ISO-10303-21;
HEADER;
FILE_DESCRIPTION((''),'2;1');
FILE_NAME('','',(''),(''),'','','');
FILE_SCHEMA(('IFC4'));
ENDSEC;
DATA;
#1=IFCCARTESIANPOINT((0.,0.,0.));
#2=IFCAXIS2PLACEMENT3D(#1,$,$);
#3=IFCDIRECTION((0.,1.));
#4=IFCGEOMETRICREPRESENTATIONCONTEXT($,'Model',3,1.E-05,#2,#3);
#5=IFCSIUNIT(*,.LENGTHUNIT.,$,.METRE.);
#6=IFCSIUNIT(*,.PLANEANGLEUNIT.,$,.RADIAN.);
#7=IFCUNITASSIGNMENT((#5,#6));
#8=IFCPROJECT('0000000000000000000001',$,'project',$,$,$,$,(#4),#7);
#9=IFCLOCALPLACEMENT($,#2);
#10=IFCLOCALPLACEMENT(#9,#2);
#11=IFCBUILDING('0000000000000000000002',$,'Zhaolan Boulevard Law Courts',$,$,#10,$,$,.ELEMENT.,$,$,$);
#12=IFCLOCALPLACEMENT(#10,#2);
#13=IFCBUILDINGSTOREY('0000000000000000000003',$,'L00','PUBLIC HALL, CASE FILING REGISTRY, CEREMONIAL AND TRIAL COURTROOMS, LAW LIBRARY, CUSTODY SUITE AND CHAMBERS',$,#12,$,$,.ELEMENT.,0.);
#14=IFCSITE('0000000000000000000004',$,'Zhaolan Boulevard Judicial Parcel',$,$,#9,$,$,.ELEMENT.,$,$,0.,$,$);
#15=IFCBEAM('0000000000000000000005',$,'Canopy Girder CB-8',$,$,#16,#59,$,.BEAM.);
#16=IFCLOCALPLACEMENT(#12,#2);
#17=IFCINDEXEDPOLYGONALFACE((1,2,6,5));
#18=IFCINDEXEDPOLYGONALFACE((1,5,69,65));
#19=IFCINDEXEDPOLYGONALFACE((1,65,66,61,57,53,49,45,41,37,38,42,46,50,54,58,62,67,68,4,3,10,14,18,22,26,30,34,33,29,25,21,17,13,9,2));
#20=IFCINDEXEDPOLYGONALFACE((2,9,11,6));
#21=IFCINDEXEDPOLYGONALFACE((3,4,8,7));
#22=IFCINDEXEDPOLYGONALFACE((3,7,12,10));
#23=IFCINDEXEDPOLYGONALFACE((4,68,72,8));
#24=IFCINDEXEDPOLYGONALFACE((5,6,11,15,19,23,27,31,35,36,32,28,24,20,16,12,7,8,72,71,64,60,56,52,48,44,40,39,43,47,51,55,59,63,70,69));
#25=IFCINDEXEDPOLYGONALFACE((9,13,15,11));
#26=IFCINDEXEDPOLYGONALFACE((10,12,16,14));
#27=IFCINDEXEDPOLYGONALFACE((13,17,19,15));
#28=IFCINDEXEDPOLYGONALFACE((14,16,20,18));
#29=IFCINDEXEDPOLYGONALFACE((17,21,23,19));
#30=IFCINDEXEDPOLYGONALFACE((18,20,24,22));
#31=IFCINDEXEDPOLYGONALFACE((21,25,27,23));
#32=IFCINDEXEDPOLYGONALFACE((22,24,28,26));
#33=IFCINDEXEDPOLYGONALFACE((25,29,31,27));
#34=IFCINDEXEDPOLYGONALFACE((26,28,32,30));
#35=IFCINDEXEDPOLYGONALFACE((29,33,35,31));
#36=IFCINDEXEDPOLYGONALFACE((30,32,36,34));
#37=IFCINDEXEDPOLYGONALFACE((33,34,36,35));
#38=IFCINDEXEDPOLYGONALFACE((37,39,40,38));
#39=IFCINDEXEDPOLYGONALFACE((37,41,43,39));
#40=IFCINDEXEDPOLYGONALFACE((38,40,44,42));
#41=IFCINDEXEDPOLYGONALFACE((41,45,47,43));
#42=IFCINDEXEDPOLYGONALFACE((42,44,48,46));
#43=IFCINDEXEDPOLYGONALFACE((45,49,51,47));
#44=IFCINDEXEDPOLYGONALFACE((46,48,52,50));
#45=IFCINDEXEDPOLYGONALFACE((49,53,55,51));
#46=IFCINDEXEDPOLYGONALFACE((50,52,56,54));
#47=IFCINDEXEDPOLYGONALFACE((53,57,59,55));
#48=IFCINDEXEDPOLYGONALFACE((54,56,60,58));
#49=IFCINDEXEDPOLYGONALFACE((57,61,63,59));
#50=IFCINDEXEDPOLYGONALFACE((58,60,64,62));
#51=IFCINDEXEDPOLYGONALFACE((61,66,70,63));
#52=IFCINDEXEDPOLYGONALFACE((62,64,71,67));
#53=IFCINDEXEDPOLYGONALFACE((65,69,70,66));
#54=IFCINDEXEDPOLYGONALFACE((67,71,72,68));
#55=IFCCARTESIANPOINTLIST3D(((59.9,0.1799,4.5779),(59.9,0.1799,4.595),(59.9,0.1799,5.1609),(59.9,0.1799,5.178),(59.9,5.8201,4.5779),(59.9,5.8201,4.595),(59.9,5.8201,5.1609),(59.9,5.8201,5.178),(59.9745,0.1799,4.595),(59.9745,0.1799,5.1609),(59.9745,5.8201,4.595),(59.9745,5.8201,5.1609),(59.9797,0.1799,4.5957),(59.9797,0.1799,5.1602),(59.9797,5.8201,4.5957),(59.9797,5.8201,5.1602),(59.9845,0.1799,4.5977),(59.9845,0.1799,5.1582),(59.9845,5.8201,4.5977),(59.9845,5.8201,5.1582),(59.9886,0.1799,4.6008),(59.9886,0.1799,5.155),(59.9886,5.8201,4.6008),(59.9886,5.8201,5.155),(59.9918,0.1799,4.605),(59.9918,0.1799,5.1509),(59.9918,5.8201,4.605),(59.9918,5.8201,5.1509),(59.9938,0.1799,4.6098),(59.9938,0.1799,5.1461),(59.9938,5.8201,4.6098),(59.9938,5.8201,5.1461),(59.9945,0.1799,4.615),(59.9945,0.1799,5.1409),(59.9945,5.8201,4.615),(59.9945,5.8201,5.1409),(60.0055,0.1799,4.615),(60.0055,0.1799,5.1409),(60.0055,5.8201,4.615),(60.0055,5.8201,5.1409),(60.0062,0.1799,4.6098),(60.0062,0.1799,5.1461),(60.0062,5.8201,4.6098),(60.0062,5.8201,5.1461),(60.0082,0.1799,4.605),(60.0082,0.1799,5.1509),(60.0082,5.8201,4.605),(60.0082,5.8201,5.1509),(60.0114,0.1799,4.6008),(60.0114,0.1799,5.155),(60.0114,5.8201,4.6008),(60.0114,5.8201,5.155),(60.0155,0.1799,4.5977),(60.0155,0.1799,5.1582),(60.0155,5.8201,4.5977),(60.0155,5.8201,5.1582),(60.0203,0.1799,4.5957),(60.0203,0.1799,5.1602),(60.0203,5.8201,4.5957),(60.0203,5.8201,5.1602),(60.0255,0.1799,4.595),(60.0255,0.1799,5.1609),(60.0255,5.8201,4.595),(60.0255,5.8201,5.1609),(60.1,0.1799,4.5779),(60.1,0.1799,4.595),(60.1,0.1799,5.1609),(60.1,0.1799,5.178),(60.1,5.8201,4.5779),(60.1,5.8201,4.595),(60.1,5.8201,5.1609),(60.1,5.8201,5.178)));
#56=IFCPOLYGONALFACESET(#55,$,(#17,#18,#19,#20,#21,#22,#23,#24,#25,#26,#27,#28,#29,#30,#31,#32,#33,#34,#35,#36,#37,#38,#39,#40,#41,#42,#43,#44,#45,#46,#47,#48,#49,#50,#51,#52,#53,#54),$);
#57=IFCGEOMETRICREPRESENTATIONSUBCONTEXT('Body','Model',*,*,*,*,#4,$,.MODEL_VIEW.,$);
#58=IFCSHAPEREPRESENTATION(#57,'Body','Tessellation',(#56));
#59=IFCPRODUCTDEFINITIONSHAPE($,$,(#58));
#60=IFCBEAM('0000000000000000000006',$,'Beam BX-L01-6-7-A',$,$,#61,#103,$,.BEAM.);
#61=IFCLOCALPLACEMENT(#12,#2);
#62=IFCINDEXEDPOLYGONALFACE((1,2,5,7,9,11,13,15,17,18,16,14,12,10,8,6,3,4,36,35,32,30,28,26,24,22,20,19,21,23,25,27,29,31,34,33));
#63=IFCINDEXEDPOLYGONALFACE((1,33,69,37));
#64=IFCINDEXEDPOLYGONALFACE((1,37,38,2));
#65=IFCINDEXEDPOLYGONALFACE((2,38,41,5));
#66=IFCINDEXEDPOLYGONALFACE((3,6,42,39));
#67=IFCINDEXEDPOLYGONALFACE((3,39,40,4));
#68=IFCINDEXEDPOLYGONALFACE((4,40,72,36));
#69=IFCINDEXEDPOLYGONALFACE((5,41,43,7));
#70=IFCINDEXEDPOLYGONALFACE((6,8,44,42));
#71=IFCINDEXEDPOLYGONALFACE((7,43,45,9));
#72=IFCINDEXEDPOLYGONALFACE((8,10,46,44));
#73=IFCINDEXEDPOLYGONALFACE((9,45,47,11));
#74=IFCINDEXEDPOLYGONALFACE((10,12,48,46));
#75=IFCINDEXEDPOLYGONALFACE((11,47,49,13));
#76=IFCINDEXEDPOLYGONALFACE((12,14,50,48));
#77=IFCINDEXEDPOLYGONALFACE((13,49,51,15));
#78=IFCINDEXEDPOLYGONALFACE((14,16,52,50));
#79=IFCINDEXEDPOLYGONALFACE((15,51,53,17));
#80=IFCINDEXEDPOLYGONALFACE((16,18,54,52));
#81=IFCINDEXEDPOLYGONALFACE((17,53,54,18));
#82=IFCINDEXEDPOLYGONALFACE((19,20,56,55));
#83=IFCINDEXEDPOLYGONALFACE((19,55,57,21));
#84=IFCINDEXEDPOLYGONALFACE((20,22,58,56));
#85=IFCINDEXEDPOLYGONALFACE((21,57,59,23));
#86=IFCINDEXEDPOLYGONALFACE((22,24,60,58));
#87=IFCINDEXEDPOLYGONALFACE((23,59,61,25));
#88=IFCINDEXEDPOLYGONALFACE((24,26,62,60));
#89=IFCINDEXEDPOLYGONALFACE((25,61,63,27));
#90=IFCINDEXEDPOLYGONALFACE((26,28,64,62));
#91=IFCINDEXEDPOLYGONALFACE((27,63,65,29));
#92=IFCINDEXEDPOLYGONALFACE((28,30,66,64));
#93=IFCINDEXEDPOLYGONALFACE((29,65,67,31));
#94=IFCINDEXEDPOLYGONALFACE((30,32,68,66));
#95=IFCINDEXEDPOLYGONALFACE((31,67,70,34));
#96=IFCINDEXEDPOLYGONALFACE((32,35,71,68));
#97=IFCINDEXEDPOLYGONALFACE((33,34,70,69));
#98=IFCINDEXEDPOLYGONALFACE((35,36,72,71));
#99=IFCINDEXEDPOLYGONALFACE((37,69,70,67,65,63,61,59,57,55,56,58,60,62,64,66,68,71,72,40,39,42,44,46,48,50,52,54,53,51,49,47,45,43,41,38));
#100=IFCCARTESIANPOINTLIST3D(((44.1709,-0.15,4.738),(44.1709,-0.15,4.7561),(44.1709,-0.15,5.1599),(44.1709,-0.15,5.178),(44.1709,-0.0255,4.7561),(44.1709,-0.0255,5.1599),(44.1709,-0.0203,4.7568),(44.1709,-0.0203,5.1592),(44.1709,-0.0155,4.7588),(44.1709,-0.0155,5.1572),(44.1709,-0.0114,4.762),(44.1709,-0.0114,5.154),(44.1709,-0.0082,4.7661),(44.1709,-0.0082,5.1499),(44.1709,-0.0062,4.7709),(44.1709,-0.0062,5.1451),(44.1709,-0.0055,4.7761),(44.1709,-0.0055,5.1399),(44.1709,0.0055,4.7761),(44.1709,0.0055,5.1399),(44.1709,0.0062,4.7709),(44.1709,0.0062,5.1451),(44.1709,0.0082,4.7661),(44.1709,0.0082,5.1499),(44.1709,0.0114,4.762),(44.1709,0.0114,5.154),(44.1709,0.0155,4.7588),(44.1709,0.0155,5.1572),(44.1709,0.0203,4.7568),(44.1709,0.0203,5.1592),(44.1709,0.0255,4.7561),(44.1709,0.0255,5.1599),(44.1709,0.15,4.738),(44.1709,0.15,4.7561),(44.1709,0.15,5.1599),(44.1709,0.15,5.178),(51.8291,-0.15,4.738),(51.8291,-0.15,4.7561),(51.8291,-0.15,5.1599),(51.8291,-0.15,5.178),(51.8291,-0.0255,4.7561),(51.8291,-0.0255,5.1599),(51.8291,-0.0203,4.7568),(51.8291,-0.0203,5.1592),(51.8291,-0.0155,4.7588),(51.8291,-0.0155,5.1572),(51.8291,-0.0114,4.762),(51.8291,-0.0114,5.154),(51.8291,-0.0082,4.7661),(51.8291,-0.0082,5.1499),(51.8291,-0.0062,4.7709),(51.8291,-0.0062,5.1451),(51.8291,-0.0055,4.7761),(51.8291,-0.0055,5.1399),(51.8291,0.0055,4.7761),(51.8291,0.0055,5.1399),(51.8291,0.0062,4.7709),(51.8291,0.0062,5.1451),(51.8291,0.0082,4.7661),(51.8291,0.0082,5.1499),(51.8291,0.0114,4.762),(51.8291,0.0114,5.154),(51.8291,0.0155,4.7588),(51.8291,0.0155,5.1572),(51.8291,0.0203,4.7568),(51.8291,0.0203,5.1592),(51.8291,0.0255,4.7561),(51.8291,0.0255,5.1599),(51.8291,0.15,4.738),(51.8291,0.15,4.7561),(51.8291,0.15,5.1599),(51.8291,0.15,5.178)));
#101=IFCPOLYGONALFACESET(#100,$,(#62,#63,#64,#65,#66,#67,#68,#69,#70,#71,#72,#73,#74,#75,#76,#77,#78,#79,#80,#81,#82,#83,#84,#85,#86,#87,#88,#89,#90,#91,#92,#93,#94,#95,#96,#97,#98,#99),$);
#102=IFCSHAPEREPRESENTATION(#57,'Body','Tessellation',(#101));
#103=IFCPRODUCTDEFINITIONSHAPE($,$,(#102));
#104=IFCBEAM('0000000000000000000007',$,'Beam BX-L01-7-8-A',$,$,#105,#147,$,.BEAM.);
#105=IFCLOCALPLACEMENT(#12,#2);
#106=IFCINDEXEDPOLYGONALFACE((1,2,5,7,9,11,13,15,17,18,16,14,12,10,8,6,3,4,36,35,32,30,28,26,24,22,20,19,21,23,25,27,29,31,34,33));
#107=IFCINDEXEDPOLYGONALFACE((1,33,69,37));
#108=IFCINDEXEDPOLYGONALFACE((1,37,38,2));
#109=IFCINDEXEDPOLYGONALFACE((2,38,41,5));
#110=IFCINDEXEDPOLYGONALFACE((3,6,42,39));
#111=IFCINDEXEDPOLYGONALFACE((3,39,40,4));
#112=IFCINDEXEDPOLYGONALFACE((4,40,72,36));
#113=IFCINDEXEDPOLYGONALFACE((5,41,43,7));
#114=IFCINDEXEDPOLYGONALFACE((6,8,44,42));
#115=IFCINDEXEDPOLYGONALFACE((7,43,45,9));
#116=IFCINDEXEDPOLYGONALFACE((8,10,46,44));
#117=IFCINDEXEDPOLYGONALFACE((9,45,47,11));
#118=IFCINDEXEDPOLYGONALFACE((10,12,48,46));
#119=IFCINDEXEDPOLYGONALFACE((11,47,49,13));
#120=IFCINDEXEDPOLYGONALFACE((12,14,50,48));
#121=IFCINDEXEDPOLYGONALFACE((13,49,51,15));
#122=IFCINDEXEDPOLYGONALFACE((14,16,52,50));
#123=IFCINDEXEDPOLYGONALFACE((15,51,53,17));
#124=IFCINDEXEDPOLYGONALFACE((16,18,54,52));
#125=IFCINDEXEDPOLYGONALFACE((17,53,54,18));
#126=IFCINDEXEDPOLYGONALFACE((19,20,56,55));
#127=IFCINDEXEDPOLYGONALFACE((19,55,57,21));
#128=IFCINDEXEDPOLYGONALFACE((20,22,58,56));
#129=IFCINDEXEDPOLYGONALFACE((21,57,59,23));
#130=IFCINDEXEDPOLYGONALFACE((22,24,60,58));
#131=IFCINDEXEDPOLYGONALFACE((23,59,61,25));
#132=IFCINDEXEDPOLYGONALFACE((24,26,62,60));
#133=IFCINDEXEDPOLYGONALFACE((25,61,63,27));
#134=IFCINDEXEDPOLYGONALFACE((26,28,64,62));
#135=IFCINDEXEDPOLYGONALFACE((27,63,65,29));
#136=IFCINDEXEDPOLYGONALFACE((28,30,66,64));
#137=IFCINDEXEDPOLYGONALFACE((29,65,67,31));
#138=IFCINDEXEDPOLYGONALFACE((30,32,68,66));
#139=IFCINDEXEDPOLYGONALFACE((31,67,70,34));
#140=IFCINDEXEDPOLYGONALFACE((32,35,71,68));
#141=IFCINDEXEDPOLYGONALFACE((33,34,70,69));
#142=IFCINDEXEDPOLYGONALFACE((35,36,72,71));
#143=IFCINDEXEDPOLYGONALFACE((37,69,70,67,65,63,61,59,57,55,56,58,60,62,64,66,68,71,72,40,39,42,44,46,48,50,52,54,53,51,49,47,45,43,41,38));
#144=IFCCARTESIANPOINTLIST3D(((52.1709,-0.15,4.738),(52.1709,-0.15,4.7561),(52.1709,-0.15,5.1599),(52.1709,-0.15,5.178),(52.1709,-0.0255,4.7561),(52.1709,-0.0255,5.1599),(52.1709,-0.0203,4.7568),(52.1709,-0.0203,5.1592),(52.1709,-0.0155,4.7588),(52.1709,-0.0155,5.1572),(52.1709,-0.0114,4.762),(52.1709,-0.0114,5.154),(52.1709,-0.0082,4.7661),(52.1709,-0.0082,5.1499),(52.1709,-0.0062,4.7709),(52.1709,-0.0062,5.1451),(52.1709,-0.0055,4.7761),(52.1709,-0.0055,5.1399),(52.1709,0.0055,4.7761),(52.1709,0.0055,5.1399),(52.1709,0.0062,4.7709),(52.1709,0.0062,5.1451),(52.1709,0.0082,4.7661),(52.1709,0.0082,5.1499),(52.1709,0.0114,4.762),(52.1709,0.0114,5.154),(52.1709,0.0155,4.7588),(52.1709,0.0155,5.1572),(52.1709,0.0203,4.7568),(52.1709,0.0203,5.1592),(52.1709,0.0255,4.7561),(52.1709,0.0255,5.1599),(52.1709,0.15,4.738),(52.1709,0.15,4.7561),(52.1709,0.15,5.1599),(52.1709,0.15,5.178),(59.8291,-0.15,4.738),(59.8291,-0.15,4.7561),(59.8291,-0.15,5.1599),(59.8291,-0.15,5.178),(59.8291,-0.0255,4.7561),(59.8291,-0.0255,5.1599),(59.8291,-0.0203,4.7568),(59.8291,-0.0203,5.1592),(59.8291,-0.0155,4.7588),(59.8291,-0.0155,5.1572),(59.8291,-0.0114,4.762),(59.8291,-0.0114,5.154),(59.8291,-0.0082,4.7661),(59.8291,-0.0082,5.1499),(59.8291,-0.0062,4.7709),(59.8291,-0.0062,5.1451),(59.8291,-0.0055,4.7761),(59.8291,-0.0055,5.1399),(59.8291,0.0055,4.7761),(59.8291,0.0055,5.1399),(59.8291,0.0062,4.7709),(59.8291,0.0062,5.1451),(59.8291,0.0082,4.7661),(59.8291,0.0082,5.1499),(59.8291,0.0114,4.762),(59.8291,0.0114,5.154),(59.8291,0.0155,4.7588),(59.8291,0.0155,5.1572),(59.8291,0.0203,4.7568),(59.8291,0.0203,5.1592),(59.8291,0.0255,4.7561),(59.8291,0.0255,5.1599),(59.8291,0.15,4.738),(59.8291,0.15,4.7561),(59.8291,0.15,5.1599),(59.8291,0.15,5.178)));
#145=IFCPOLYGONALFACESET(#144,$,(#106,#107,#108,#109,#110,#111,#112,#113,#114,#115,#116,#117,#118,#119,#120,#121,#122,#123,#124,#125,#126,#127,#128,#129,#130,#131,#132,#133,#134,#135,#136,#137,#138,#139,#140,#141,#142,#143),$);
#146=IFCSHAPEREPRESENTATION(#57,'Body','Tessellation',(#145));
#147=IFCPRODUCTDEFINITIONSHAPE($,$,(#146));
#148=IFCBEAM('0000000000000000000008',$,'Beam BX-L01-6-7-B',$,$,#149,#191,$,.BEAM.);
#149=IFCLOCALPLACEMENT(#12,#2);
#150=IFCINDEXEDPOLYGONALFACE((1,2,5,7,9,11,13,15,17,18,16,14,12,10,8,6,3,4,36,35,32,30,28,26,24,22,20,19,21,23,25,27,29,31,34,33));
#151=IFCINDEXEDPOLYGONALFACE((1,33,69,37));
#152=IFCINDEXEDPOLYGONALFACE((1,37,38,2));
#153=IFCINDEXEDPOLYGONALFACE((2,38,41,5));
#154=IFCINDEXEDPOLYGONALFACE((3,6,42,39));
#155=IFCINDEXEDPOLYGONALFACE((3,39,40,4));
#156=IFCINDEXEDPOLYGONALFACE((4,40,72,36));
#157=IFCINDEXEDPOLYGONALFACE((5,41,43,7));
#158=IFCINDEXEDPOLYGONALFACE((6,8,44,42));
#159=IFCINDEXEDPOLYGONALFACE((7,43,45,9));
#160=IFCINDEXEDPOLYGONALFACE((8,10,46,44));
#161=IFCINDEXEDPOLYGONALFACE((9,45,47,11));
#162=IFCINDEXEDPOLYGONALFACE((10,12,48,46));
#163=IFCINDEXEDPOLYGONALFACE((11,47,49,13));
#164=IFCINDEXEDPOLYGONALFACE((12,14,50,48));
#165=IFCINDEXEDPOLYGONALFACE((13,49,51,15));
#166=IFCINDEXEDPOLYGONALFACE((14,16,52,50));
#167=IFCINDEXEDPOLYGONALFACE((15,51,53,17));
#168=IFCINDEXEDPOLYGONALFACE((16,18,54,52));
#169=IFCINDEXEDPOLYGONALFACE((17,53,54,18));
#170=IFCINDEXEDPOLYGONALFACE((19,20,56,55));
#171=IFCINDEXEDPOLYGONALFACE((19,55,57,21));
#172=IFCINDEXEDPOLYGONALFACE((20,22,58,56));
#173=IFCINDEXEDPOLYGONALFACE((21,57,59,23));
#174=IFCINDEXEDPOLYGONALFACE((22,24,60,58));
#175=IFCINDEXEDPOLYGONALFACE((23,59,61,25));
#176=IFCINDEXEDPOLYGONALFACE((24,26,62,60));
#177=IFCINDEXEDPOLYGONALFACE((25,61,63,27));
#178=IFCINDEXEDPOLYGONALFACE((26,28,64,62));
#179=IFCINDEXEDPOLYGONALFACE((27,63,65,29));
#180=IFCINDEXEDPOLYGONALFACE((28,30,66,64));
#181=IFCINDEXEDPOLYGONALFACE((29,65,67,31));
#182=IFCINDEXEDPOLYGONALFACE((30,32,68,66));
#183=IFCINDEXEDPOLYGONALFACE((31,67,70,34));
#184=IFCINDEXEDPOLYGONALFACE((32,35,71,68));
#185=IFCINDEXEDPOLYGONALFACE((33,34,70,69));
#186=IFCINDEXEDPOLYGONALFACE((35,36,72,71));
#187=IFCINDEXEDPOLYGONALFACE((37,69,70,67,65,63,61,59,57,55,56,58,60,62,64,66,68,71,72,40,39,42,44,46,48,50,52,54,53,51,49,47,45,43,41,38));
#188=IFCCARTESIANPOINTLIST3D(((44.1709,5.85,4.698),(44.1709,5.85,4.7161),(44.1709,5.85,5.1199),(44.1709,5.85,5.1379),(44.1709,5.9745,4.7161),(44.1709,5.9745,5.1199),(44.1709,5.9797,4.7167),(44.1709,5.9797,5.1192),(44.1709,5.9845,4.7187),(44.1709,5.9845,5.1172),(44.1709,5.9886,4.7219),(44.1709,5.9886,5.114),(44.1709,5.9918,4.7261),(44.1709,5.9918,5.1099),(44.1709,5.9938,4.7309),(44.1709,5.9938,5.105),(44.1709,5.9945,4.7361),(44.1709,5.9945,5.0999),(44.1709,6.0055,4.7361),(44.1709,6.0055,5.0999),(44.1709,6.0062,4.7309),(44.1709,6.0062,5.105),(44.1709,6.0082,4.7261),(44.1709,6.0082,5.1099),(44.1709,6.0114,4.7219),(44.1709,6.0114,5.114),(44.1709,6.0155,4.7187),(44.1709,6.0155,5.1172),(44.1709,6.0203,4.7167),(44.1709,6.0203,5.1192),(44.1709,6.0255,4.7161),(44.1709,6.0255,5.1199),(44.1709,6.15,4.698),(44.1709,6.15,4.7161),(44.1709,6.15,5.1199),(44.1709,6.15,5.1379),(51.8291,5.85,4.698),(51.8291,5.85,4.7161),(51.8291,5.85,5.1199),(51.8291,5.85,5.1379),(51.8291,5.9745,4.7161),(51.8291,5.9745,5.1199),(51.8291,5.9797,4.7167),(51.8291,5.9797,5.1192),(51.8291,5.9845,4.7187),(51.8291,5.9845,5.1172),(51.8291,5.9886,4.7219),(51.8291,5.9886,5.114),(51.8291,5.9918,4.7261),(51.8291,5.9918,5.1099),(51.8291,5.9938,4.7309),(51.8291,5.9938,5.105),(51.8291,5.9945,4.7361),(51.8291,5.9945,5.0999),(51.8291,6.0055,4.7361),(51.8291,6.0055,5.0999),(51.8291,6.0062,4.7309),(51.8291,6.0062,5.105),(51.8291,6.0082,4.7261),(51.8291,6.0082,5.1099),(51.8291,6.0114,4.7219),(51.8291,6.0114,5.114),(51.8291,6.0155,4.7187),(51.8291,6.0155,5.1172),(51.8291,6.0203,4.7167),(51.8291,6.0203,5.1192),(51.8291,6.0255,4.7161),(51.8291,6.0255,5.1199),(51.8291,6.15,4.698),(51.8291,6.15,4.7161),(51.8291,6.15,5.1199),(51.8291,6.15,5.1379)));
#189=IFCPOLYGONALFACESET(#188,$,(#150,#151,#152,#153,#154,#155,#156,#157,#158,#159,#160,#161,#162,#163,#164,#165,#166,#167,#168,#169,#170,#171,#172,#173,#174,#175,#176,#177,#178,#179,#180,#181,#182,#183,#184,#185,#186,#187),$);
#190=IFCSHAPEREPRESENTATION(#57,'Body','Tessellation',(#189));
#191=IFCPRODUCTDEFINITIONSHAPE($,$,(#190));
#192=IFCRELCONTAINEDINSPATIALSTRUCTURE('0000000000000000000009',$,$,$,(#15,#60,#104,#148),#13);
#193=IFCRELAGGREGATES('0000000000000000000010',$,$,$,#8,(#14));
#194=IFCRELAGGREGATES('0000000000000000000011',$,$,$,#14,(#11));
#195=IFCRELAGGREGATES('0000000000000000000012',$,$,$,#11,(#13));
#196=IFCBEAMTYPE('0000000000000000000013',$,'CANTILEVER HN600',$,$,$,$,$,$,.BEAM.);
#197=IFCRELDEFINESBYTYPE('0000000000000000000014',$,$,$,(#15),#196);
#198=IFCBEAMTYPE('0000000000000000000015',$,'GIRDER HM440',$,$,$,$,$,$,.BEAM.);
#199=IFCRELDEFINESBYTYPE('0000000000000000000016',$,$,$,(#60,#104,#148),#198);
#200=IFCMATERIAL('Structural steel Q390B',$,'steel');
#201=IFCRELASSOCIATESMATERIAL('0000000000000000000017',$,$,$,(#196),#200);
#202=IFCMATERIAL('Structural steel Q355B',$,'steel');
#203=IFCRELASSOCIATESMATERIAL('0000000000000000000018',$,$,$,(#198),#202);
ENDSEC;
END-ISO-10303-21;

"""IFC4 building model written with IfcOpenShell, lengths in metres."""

from ifc_helpers import new_model, si_unit, direction, frame, origin, origin_2d, place, context, subcontext, project, spatial, i_section, extrude, material, material_profile, profile_set, type_object, element, save


model = new_model("IFC4")

# Units and contexts
model_context = context("Model", 3, precision=1e-05, world=origin(), true_north=direction((0.0, 1.0)))
body_context = subcontext(model_context, "Body", "Model", "MODEL_VIEW")
ifc_project = project(units=[si_unit("LENGTHUNIT", "METRE"), si_unit("PLANEANGLEUNIT", "RADIAN")], contexts=[model_context])

# Site, building, storey
site_placement = place(None, origin())
site = spatial("IfcSite", under=ifc_project, at=site_placement, Name="Zhaolan Boulevard Judicial Parcel", CompositionType="ELEMENT", RefElevation=0.0)
building_placement = place(site_placement, origin())
building = spatial("IfcBuilding", under=site, at=building_placement, Name="Zhaolan Boulevard Law Courts", CompositionType="ELEMENT")
storey_placement = place(building_placement, origin())
storey = spatial("IfcBuildingStorey", under=building, at=storey_placement, Name="L00", Description="PUBLIC HALL, CASE FILING REGISTRY, CEREMONIAL AND TRIAL COURTROOMS, LAW LIBRARY, CUSTODY SUITE AND CHAMBERS", CompositionType="ELEMENT", Elevation=0.0)

# Beams
ifc_material_1 = material(Name="Structural steel Q390B", Category="steel")
ifc_material_profile_1 = material_profile(ifc_material_1, i_section(OverallWidth=0.2, OverallDepth=0.6001, WebThickness=0.011, FlangeThickness=0.0171, FilletRadius=0.02, at=origin_2d()), Name="HN600x200")
ifc_profile_set_1 = profile_set([ifc_material_profile_1], Name="Structural steel Q390B")
beam_type_1 = type_object("IfcBeamType", Name="CANTILEVER HN600", PredefinedType="BEAM", material=ifc_profile_set_1)
for number, where, z_axis, x_axis, name in (
    (1, (60.0, 0.1799, 4.8779), (0.0, 1.0, 0.0), (-1.0, 0.0, 0.0), "Canopy Girder CB-8"),
):
    element("IfcBeam", number, at=place(storey_placement, frame(where, z_axis=z_axis, x_axis=x_axis)), inside=storey, type_object=beam_type_1, Name=name, PredefinedType="BEAM", context=body_context, shape_type="SweptSolid", body=[
        extrude(i_section(OverallWidth=0.2, OverallDepth=0.6001, WebThickness=0.011, FlangeThickness=0.0171, FilletRadius=0.02, at=origin_2d()), origin(), (0.0, 0.0, 1.0), 5.6401),
    ])
ifc_material_2 = material(Name="Structural steel Q355B", Category="steel")
ifc_material_profile_2 = material_profile(ifc_material_2, i_section(OverallWidth=0.3, OverallDepth=0.4399, WebThickness=0.011, FlangeThickness=0.0181, FilletRadius=0.02, at=origin_2d()), Name="HM440x300")
ifc_profile_set_2 = profile_set([ifc_material_profile_2], Name="Structural steel Q355B")
beam_type_2 = type_object("IfcBeamType", Name="GIRDER HM440", PredefinedType="BEAM", material=ifc_profile_set_2)
for number, where, z_axis, x_axis, name in (
    (2, (44.1709, 0.0, 4.958), (1.0, 0.0, 0.0), (0.0, 1.0, 0.0), "Beam BX-L01-6-7-A"),
    (3, (52.1709, 0.0, 4.958), (1.0, 0.0, 0.0), (0.0, 1.0, 0.0), "Beam BX-L01-7-8-A"),
    (4, (44.1709, 6.0, 4.918), (1.0, 0.0, 0.0), (0.0, 1.0, 0.0), "Beam BX-L01-6-7-B"),
):
    element("IfcBeam", number, at=place(storey_placement, frame(where, z_axis=z_axis, x_axis=x_axis)), inside=storey, type_object=beam_type_2, Name=name, PredefinedType="BEAM", context=body_context, shape_type="SweptSolid", body=[
        extrude(i_section(OverallWidth=0.3, OverallDepth=0.4399, WebThickness=0.011, FlangeThickness=0.0181, FilletRadius=0.02, at=origin_2d()), origin(), (0.0, 0.0, 1.0), 7.6582),
    ])

save(model, "model.ifc")
